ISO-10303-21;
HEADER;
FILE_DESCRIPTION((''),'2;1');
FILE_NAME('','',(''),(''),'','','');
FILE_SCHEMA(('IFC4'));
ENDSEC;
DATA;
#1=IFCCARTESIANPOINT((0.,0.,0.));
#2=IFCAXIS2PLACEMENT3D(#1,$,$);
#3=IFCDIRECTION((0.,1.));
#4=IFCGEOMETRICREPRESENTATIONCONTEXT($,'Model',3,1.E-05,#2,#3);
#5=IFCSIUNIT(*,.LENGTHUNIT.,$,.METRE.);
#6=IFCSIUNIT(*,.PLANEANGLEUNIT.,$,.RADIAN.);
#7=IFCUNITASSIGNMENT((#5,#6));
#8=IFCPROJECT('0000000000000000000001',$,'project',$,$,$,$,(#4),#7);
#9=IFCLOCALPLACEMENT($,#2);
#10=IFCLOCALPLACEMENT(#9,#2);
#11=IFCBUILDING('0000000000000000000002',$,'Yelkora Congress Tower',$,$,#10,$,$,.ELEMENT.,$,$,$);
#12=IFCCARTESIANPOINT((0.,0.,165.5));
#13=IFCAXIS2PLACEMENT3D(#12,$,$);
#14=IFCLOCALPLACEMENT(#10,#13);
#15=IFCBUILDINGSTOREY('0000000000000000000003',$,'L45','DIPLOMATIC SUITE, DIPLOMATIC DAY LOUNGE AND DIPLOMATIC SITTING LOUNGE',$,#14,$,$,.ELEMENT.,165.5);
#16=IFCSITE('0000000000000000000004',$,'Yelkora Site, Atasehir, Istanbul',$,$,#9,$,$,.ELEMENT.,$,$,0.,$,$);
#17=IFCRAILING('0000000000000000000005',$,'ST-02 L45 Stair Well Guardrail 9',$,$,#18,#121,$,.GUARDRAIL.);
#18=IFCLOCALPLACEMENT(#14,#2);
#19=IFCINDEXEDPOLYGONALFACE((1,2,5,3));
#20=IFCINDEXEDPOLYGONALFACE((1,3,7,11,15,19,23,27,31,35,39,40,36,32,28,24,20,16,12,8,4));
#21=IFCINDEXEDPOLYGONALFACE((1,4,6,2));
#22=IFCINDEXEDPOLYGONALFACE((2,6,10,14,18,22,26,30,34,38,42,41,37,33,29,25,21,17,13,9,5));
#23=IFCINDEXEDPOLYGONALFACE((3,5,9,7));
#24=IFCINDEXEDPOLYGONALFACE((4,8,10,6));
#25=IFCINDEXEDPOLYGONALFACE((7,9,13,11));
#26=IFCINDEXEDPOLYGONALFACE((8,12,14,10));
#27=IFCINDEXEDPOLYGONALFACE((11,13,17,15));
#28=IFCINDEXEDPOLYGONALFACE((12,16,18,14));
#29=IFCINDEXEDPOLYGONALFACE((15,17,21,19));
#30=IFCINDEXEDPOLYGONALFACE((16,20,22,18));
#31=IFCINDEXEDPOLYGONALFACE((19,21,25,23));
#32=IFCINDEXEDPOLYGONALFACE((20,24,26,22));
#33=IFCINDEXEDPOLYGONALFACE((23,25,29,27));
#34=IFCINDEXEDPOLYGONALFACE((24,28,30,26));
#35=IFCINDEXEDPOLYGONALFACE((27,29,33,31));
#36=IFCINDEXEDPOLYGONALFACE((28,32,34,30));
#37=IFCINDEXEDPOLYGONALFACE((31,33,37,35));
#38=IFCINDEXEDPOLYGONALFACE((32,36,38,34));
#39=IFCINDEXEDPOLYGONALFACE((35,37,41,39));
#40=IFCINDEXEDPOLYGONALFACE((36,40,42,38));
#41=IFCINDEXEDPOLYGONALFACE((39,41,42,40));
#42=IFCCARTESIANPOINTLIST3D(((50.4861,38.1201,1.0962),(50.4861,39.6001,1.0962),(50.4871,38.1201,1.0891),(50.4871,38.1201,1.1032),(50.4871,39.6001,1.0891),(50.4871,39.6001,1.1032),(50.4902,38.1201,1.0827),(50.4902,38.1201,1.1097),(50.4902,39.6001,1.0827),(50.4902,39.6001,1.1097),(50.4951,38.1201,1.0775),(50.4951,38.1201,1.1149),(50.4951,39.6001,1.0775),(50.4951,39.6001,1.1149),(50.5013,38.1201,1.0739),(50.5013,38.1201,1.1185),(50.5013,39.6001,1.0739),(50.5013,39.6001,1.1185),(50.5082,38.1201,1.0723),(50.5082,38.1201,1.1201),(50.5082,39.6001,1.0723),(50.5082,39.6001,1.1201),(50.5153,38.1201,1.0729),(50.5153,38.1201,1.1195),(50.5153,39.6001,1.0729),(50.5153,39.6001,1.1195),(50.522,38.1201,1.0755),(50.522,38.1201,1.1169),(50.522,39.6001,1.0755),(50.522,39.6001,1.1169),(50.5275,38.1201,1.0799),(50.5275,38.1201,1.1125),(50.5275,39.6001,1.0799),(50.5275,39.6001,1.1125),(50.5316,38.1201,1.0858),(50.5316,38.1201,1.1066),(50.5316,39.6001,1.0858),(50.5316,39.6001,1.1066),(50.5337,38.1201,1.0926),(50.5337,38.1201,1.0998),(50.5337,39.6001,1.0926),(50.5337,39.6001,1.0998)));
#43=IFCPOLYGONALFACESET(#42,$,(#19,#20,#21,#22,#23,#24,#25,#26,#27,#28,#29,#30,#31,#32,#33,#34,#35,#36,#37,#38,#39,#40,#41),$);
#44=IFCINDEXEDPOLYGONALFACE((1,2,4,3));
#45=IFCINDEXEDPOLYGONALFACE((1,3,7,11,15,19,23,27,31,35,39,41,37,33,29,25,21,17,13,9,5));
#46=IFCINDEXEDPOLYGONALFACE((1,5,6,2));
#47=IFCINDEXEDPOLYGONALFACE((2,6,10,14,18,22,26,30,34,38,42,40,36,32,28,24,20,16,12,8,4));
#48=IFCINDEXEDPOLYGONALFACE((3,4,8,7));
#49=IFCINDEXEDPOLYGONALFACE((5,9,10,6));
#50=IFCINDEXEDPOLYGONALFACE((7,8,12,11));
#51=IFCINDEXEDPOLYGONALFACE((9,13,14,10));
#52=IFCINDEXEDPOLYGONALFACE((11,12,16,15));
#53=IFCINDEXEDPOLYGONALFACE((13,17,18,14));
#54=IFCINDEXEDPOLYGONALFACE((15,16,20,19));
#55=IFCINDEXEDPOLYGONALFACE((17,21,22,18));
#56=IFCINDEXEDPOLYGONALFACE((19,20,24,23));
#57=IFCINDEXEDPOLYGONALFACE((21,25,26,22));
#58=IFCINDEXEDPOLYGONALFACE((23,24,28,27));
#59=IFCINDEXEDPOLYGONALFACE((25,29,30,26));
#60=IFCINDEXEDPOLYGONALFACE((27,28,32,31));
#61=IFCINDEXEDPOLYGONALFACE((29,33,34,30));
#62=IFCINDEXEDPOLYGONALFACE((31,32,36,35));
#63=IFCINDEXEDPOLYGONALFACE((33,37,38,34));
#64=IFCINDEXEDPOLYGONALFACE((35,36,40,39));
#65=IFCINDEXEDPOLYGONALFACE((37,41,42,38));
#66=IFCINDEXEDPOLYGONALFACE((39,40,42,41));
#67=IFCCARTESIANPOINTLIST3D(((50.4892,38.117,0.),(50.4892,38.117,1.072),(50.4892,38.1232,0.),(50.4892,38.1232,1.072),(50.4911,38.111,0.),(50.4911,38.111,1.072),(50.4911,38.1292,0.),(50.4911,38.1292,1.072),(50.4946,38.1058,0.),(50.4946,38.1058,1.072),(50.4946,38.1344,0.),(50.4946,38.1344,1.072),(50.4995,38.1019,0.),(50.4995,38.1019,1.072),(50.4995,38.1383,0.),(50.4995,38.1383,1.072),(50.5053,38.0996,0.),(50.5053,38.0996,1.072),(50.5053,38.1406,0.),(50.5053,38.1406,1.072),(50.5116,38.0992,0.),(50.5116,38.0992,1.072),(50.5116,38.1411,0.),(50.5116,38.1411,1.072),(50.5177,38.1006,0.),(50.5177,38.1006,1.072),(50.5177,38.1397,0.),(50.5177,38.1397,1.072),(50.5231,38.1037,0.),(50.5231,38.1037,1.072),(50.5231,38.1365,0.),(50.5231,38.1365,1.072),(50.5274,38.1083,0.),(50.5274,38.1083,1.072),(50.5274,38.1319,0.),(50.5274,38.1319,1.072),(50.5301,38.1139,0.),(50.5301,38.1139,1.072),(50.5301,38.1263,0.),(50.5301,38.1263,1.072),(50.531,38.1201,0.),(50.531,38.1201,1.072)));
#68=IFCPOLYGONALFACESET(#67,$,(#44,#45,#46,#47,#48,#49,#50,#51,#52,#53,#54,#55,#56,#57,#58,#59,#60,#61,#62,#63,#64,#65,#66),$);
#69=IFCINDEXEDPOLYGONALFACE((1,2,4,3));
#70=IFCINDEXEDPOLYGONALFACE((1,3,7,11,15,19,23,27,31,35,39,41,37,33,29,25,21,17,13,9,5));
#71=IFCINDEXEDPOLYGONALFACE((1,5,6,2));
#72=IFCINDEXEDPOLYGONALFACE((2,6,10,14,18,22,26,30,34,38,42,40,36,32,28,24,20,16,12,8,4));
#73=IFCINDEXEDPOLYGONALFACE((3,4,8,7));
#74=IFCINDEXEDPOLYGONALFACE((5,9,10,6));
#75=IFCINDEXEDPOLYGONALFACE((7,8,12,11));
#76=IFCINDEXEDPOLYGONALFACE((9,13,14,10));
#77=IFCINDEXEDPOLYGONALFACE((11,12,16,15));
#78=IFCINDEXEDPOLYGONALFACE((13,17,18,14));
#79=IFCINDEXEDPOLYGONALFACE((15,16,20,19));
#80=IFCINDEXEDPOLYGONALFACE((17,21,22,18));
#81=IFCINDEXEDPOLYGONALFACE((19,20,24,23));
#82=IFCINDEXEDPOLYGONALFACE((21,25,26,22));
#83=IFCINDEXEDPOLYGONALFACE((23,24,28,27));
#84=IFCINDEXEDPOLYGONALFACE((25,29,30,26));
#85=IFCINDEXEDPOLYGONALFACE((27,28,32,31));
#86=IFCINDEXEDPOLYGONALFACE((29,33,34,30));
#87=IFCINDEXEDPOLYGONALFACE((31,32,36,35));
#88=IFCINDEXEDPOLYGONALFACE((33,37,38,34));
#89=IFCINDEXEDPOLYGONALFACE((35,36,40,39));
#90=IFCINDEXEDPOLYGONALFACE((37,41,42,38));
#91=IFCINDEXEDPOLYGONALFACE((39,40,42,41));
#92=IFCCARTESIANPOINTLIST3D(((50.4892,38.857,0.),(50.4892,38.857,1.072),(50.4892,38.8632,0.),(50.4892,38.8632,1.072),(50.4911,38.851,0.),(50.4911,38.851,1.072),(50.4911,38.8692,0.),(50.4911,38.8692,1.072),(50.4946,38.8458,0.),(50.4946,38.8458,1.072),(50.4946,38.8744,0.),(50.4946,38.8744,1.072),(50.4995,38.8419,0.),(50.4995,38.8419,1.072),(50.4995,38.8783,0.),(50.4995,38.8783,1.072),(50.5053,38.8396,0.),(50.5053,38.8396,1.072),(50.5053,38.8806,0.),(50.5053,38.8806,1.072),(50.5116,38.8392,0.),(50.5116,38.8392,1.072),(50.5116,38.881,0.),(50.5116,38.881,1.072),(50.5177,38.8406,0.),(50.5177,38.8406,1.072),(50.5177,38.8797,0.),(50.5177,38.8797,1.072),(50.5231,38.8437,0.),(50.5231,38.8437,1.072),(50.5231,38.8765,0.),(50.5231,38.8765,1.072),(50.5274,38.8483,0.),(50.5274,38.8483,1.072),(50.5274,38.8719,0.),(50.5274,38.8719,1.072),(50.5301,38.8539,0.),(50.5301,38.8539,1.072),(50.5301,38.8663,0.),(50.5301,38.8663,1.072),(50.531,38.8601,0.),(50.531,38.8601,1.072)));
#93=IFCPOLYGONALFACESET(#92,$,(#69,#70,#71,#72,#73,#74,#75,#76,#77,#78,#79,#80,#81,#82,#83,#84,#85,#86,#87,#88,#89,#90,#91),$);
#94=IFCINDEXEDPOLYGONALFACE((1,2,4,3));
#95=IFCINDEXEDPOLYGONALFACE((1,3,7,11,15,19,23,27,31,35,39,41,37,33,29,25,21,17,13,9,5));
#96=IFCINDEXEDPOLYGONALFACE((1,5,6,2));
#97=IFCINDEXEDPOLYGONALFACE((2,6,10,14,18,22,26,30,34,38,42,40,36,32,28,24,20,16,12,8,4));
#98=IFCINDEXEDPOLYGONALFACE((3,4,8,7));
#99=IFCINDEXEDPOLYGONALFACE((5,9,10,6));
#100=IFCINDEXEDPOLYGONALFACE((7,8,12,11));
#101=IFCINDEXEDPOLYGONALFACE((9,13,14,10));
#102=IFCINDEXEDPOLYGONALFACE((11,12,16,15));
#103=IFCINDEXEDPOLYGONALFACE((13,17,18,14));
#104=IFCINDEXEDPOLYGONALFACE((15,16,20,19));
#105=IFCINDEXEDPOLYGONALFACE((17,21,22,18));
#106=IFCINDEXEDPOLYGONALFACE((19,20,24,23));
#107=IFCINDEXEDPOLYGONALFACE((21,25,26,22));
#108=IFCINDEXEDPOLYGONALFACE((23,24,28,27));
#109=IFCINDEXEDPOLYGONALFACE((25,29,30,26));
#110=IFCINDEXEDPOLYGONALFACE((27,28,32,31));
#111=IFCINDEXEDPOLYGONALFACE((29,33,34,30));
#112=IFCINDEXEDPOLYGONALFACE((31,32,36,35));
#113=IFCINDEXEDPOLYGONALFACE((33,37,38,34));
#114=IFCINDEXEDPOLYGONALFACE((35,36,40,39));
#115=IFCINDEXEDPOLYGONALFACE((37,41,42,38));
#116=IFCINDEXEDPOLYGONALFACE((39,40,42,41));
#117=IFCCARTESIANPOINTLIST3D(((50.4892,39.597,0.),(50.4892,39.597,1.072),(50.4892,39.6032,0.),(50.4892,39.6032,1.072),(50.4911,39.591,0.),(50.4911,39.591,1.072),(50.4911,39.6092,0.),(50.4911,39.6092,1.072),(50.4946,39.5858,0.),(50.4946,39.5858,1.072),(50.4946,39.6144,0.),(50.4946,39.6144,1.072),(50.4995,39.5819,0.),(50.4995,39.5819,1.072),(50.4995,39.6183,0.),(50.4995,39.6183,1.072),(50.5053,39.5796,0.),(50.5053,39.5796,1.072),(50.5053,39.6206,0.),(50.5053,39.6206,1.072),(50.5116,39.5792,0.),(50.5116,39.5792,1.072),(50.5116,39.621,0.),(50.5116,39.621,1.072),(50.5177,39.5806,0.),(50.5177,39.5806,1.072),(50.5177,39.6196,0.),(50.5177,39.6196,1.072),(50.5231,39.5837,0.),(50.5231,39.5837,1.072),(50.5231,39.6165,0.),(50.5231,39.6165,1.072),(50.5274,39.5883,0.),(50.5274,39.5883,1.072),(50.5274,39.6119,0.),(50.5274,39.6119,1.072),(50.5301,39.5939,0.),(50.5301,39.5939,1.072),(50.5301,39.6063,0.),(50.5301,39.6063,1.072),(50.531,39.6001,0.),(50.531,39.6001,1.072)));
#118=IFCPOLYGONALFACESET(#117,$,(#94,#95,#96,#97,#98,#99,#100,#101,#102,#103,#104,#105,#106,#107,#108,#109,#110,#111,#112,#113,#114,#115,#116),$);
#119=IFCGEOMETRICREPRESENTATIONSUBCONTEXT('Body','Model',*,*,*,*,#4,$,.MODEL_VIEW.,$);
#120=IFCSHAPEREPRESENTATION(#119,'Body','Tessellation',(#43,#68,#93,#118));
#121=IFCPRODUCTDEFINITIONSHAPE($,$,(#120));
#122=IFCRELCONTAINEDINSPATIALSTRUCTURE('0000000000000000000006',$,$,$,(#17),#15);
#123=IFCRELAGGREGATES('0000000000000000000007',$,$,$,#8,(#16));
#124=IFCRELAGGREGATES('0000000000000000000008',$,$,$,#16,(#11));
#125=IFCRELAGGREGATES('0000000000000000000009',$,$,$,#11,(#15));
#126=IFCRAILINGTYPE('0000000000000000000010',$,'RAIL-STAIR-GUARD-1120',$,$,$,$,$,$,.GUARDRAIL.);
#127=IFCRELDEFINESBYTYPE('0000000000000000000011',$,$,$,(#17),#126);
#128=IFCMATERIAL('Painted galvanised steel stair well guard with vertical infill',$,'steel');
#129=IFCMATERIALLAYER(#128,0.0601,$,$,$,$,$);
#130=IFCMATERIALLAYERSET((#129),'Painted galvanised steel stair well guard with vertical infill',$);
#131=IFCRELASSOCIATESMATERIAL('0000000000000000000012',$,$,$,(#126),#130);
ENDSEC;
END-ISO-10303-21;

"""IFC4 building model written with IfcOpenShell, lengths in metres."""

from ifc_helpers import new_model, si_unit, direction, frame, origin, origin_2d, place, context, subcontext, project, spatial, circle, extrude, material, layer, layer_set, type_object, element, save


model = new_model("IFC4")

# Units and contexts
model_context = context("Model", 3, precision=1e-05, world=origin(), true_north=direction((0.0, 1.0)))
body_context = subcontext(model_context, "Body", "Model", "MODEL_VIEW")
ifc_project = project(units=[si_unit("LENGTHUNIT", "METRE"), si_unit("PLANEANGLEUNIT", "RADIAN")], contexts=[model_context])

# Site, building, storey
site_placement = place(None, origin())
site = spatial("IfcSite", under=ifc_project, at=site_placement, Name="Yelkora Site, Atasehir, Istanbul", CompositionType="ELEMENT", RefElevation=0.0)
building_placement = place(site_placement, origin())
building = spatial("IfcBuilding", under=site, at=building_placement, Name="Yelkora Congress Tower", CompositionType="ELEMENT")
storey_placement = place(building_placement, frame((0.0, 0.0, 165.5)))
storey = spatial("IfcBuildingStorey", under=building, at=storey_placement, Name="L45", Description="DIPLOMATIC SUITE, DIPLOMATIC DAY LOUNGE AND DIPLOMATIC SITTING LOUNGE", CompositionType="ELEMENT", Elevation=165.5)

# Railing
ifc_material_1 = material(Name="Painted galvanised steel stair well guard with vertical infill", Category="steel")
ifc_layer_1 = layer(ifc_material_1, 0.0601)
ifc_layer_set_1 = layer_set([ifc_layer_1], Name="Painted galvanised steel stair well guard with vertical infill")
railing_type = type_object("IfcRailingType", Name="RAIL-STAIR-GUARD-1120", PredefinedType="GUARDRAIL", material=ifc_layer_set_1)
railing_1_placement = place(storey_placement, frame((50.51, 38.1201, 0.0)))
element("IfcRailing", 1, at=railing_1_placement, inside=storey, type_object=railing_type, Name="ST-02 L45 Stair Well Guardrail 9", PredefinedType="GUARDRAIL", context=body_context, shape_type="SweptSolid", body=[
    extrude(circle(Radius=0.0239, at=origin_2d()), frame((0.0, 0.0, 1.0962), z_axis=(0.0, 1.0, 0.0), x_axis=(-1.0, 0.0, 0.0)), (0.0, 0.0, 1.0), 1.48),
    extrude(circle(Radius=0.021, at=origin_2d()), origin(), (0.0, 0.0, 1.0), 1.072),
    extrude(circle(Radius=0.021, at=origin_2d()), frame((0.0, 0.74, 0.0)), (0.0, 0.0, 1.0), 1.072),
    extrude(circle(Radius=0.021, at=origin_2d()), frame((0.0, 1.48, 0.0)), (0.0, 0.0, 1.0), 1.072),
])

save(model, "model.ifc")
